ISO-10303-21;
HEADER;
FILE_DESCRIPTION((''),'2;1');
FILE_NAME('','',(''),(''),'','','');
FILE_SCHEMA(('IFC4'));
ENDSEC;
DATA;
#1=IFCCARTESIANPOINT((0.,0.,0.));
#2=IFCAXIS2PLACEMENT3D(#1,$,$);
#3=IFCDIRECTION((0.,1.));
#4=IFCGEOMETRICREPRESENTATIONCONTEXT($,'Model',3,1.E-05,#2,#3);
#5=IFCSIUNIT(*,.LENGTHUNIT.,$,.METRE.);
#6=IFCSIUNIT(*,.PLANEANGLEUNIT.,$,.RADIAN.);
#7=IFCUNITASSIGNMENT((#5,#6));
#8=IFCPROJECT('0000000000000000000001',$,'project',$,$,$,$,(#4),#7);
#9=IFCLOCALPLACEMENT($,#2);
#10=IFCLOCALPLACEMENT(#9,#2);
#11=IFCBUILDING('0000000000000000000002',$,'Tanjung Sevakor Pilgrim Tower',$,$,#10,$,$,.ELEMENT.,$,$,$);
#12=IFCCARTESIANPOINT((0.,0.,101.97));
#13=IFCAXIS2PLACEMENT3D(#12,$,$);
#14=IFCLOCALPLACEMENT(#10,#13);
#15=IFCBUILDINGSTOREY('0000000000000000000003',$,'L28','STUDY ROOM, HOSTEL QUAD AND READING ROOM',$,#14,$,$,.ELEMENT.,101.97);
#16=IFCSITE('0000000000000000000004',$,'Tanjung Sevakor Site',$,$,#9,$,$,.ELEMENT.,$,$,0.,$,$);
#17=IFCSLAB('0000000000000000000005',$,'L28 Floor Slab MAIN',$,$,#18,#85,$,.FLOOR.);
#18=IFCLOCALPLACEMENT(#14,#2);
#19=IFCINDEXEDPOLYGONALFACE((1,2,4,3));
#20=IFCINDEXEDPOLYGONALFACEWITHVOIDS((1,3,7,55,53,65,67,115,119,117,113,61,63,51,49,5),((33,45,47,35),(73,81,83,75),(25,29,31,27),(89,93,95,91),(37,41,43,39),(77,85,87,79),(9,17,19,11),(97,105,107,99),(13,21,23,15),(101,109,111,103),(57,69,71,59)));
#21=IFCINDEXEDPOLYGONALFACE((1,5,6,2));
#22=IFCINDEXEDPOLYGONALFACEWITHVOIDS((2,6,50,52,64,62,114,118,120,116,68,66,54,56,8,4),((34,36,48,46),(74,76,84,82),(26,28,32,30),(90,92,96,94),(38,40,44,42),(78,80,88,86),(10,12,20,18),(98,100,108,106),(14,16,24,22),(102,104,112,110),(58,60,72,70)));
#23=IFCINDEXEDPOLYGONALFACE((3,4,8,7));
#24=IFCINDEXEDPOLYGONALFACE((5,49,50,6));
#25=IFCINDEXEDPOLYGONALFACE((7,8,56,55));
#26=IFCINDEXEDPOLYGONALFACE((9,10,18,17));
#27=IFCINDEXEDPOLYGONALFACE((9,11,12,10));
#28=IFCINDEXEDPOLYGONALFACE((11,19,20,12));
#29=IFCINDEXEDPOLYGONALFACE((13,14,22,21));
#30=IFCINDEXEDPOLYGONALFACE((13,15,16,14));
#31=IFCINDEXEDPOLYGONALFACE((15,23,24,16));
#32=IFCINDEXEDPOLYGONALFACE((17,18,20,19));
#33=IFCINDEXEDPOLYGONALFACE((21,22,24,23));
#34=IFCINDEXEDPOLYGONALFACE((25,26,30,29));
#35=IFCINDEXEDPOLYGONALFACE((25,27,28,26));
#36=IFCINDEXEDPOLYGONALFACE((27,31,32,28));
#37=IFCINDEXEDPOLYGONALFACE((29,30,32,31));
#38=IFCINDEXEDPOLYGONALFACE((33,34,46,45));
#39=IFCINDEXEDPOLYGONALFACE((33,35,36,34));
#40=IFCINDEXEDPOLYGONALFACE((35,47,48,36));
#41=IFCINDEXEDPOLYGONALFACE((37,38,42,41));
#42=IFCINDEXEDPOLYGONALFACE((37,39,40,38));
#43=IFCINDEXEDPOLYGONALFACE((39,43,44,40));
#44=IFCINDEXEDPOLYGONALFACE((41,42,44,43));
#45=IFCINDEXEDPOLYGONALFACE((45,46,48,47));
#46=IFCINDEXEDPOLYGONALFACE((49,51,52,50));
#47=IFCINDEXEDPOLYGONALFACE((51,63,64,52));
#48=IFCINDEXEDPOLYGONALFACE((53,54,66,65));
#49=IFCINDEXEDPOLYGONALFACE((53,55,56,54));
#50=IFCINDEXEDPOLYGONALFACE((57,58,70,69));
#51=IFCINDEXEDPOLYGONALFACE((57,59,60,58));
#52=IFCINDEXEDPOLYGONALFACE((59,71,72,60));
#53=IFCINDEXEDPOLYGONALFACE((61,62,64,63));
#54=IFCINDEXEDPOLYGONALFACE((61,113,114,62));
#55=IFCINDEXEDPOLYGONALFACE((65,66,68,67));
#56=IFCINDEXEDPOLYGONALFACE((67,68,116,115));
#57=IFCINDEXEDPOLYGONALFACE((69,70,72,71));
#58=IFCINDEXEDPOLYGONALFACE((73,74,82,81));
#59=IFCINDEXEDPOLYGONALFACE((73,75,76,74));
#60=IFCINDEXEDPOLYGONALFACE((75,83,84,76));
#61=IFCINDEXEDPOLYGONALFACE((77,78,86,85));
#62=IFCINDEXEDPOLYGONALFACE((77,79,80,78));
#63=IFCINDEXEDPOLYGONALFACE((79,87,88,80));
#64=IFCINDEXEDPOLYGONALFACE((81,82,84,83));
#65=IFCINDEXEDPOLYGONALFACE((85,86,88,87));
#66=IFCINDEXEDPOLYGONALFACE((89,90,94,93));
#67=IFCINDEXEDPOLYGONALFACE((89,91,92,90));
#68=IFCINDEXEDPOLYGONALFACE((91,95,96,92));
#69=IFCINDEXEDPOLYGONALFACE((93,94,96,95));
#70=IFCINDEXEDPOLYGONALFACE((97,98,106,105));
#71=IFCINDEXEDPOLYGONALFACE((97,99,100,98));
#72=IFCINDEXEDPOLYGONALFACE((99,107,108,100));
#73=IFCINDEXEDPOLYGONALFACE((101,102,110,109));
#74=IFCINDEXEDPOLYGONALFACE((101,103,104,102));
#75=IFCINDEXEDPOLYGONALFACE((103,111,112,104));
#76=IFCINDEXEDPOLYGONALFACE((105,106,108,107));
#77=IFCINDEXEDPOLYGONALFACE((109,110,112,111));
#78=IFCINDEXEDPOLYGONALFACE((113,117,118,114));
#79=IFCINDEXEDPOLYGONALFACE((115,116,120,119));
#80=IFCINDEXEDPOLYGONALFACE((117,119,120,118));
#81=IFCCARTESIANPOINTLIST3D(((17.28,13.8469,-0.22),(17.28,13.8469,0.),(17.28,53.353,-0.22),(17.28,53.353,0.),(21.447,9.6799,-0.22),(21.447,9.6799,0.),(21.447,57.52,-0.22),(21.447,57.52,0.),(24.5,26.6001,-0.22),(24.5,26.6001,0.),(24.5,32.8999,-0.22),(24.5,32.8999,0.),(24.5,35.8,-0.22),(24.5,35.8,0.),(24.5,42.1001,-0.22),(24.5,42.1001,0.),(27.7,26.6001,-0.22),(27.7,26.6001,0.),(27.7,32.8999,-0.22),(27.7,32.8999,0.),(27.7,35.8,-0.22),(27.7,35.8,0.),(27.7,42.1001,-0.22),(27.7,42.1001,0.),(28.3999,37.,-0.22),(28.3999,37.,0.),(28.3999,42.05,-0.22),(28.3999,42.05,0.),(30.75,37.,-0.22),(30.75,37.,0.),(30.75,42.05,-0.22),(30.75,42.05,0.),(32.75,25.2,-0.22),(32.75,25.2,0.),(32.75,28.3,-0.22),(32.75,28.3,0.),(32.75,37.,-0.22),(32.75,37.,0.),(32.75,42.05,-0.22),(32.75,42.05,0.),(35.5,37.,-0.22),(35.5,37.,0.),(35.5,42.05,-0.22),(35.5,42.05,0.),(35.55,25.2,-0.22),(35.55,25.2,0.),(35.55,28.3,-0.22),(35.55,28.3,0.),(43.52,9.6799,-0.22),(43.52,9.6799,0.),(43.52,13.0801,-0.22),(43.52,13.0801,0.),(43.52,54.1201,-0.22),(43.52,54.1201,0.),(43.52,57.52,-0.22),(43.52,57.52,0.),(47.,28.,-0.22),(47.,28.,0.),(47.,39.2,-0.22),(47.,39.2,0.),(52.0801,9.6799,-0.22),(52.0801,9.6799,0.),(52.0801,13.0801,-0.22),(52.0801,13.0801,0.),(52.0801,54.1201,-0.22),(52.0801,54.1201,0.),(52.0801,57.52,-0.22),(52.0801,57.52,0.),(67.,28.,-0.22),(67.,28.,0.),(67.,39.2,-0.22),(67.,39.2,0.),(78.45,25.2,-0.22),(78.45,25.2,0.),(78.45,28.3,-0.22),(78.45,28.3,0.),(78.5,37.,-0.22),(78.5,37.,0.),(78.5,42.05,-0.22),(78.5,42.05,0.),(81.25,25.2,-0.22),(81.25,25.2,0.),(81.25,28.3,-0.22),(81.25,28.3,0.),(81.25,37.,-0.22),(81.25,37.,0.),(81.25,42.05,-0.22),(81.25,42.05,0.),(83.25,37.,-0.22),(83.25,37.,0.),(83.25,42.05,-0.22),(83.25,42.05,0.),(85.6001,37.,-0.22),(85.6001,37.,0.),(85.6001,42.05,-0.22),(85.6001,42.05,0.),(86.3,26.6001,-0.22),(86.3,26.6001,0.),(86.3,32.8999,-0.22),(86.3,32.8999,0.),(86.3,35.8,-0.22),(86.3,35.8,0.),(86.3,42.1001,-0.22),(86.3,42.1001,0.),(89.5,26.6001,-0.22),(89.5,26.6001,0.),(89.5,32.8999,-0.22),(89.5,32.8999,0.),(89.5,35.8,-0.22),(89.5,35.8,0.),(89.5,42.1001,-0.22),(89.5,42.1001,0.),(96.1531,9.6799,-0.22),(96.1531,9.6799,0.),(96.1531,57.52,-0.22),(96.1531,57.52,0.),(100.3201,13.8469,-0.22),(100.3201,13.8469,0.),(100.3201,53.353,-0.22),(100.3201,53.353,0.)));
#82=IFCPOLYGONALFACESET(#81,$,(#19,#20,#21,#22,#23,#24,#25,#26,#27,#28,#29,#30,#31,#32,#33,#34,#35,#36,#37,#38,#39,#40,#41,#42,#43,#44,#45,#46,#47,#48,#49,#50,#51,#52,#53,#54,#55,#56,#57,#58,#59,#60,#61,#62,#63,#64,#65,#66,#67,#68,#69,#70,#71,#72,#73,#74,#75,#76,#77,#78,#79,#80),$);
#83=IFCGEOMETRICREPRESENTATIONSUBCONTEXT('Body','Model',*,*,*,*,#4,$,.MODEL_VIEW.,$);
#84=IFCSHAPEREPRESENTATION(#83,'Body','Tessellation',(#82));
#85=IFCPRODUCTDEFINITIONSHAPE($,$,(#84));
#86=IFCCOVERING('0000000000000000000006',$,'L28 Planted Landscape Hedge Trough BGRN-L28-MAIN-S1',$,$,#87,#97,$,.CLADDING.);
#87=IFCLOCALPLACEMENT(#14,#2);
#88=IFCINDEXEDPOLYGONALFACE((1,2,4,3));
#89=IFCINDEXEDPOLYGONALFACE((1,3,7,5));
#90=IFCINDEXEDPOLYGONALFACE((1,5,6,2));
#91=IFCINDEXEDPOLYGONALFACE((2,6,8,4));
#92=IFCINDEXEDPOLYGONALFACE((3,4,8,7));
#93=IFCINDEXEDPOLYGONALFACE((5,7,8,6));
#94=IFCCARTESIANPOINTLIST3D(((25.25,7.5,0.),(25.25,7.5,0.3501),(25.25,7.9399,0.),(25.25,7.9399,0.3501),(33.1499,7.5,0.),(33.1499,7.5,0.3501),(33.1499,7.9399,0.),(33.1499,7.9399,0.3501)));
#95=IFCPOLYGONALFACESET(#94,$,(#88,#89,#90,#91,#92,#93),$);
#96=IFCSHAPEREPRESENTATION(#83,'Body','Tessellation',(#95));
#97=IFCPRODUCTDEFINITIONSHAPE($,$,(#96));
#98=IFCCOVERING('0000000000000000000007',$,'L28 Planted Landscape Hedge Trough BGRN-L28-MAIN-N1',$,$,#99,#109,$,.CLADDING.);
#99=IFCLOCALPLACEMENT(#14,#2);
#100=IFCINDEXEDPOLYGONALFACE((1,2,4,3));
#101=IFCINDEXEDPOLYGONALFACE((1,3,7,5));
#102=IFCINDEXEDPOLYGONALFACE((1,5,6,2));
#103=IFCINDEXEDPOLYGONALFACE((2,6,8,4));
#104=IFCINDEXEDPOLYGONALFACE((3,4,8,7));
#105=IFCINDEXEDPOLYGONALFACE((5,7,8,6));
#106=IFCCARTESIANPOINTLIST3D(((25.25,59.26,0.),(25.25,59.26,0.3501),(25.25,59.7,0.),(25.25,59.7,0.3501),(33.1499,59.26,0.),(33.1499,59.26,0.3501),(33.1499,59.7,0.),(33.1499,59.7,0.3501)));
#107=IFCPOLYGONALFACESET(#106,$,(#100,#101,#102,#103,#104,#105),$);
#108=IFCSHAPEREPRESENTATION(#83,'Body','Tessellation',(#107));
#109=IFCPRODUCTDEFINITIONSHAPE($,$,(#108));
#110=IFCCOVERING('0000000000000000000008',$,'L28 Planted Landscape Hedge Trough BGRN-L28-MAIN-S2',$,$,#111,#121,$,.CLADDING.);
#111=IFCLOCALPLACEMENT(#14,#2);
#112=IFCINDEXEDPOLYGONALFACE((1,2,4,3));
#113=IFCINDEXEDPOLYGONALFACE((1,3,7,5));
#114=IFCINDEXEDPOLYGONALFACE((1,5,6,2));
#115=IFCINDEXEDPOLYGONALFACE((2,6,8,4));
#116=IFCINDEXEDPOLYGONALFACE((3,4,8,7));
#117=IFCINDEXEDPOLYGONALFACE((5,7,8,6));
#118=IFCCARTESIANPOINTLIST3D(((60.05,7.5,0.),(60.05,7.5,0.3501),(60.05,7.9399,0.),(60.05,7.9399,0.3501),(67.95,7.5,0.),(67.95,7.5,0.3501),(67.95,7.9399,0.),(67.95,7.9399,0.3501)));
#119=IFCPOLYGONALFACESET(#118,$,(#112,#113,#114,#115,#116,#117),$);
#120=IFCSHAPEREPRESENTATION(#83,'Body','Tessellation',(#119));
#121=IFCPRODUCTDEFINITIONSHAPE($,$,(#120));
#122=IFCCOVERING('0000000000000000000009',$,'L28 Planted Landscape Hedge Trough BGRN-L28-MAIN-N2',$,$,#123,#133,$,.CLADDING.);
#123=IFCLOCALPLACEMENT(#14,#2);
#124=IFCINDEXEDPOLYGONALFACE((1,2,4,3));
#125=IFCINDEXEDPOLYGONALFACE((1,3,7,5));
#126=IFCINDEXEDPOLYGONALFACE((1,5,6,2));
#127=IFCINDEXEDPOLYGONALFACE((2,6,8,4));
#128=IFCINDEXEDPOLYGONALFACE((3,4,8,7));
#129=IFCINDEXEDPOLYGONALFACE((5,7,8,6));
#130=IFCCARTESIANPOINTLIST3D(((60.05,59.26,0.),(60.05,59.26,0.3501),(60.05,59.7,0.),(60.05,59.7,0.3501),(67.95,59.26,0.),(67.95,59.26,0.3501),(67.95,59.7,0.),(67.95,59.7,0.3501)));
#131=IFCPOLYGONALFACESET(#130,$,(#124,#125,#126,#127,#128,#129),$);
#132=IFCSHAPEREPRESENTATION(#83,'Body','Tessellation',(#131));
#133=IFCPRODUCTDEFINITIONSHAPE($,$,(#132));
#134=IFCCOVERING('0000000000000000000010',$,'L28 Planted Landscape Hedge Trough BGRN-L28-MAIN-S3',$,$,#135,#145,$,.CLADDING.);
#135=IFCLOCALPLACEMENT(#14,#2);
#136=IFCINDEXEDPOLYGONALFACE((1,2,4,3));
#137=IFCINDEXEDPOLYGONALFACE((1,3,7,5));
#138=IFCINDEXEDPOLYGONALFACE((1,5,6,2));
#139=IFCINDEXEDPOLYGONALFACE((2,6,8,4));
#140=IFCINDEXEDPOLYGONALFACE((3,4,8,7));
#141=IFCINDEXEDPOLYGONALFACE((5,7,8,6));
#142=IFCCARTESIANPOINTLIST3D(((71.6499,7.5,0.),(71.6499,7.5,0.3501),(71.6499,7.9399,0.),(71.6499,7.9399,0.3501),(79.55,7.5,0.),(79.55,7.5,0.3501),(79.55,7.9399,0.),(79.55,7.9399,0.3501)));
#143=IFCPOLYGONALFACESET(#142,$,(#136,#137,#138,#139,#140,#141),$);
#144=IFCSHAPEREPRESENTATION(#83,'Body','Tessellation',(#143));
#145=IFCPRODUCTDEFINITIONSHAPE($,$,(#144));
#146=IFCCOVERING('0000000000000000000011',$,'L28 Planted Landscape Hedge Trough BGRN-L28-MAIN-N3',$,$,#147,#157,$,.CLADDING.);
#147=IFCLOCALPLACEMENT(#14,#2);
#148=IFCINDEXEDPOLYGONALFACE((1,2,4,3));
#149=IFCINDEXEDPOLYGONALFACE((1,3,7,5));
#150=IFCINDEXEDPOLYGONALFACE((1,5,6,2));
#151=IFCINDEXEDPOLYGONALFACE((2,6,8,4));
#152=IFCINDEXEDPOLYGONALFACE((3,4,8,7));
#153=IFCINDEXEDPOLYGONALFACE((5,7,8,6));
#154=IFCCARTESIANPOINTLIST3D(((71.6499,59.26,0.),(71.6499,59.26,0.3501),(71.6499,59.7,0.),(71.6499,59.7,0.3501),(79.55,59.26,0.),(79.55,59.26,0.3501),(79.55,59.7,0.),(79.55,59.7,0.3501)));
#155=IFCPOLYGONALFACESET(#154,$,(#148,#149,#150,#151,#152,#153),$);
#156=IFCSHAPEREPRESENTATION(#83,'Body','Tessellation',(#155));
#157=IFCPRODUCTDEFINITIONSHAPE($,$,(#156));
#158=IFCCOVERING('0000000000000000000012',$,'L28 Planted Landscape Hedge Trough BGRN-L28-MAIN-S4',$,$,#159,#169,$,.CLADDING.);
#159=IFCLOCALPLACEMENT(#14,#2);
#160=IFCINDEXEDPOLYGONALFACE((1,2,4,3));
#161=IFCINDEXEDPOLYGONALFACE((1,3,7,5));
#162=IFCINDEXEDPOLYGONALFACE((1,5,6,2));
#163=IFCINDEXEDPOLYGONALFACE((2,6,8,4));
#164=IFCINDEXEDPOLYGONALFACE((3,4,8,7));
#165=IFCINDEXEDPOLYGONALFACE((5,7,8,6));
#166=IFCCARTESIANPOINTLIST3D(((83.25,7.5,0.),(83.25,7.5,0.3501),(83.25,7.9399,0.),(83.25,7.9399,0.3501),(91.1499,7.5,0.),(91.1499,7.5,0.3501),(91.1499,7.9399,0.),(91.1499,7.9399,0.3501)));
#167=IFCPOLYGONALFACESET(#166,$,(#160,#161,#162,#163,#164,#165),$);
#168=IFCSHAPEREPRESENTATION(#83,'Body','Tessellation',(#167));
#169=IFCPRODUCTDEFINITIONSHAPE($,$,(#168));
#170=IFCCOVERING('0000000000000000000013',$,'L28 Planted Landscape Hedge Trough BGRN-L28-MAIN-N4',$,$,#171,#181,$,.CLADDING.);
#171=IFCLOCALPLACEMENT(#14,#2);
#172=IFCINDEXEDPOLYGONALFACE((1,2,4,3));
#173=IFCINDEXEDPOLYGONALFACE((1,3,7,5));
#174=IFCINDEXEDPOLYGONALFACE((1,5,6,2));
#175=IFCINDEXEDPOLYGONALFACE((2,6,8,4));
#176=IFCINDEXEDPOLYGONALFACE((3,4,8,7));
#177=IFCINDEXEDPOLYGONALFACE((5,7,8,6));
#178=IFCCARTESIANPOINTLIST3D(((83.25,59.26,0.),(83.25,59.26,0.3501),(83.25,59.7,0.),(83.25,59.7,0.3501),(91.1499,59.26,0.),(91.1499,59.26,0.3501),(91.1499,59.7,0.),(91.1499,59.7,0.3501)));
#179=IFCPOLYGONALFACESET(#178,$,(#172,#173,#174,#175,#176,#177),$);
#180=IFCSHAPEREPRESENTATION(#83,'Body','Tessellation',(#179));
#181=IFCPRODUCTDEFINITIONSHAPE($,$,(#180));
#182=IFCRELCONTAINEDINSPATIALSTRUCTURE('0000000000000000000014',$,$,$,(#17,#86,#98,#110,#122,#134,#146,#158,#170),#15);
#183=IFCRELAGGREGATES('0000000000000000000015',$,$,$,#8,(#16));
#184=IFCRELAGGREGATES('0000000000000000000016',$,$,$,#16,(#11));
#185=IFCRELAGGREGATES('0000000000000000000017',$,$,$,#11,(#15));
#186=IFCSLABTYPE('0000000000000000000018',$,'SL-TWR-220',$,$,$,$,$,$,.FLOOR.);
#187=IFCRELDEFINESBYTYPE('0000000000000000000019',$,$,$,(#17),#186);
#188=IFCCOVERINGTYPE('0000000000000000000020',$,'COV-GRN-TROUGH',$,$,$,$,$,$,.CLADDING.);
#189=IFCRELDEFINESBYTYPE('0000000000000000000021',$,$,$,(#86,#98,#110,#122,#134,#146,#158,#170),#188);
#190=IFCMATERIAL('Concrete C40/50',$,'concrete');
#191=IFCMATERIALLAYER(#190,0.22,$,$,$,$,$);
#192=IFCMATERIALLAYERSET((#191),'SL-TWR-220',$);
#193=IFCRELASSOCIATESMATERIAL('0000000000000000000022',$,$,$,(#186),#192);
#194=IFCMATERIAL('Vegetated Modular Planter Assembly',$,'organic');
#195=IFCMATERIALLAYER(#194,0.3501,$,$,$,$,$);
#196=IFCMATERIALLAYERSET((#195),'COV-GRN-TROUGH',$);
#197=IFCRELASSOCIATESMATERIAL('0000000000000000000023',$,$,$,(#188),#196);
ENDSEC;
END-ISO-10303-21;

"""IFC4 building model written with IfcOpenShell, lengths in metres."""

from ifc_helpers import new_model, si_unit, direction, frame, origin, place, context, subcontext, project, spatial, polyline, outline, extrude, material, layer, layer_set, type_object, element, save


model = new_model("IFC4")

# Units and contexts
model_context = context("Model", 3, precision=1e-05, world=origin(), true_north=direction((0.0, 1.0)))
body_context = subcontext(model_context, "Body", "Model", "MODEL_VIEW")
ifc_project = project(units=[si_unit("LENGTHUNIT", "METRE"), si_unit("PLANEANGLEUNIT", "RADIAN")], contexts=[model_context])

# Site, building, storey
site_placement = place(None, origin())
site = spatial("IfcSite", under=ifc_project, at=site_placement, Name="Tanjung Sevakor Site", CompositionType="ELEMENT", RefElevation=0.0)
building_placement = place(site_placement, origin())
building = spatial("IfcBuilding", under=site, at=building_placement, Name="Tanjung Sevakor Pilgrim Tower", CompositionType="ELEMENT")
storey_placement = place(building_placement, frame((0.0, 0.0, 101.97)))
storey = spatial("IfcBuildingStorey", under=building, at=storey_placement, Name="L28", Description="STUDY ROOM, HOSTEL QUAD AND READING ROOM", CompositionType="ELEMENT", Elevation=101.97)

# Slab
ifc_material_1 = material(Name="Concrete C40/50", Category="concrete")
ifc_layer_1 = layer(ifc_material_1, 0.22)
ifc_layer_set_1 = layer_set([ifc_layer_1], Name="SL-TWR-220")
slab_type_1 = type_object("IfcSlabType", Name="SL-TWR-220", PredefinedType="FLOOR", material=ifc_layer_set_1)
slab_1_placement = place(storey_placement, frame((0.0, 0.0, -0.22)))
element("IfcSlab", 1, at=slab_1_placement, inside=storey, type_object=slab_type_1, Name="L28 Floor Slab MAIN", PredefinedType="FLOOR", context=body_context, shape_type="SweptSolid", body=[
    extrude(outline(polyline([(21.447, 9.6799), (43.52, 9.6799), (43.52, 13.0801), (52.0801, 13.0801), (52.0801, 9.6799), (96.1531, 9.6799), (100.3201, 13.8469), (100.3201, 53.353), (96.1531, 57.52), (52.0801, 57.52), (52.0801, 54.1201), (43.52, 54.1201), (43.52, 57.52), (21.447, 57.52), (17.28, 53.353), (17.28, 13.8469), (21.447, 9.6799)]), holes=[polyline([(27.7, 26.6001), (27.7, 32.8999), (24.5, 32.8999), (24.5, 26.6001), (27.7, 26.6001)]), polyline([(27.7, 35.8), (27.7, 42.1001), (24.5, 42.1001), (24.5, 35.8), (27.7, 35.8)]), polyline([(89.5, 26.6001), (89.5, 32.8999), (86.3, 32.8999), (86.3, 26.6001), (89.5, 26.6001)]), polyline([(89.5, 35.8), (89.5, 42.1001), (86.3, 42.1001), (86.3, 35.8), (89.5, 35.8)]), polyline([(32.75, 25.2), (35.55, 25.2), (35.55, 28.3), (32.75, 28.3), (32.75, 25.2)]), polyline([(28.3999, 37.0), (30.75, 37.0), (30.75, 42.05), (28.3999, 42.05), (28.3999, 37.0)]), polyline([(32.75, 37.0), (35.5, 37.0), (35.5, 42.05), (32.75, 42.05), (32.75, 37.0)]), polyline([(78.45, 25.2), (81.25, 25.2), (81.25, 28.3), (78.45, 28.3), (78.45, 25.2)]), polyline([(83.25, 37.0), (85.6001, 37.0), (85.6001, 42.05), (83.25, 42.05), (83.25, 37.0)]), polyline([(78.5, 37.0), (81.25, 37.0), (81.25, 42.05), (78.5, 42.05), (78.5, 37.0)]), polyline([(47.0, 28.0), (67.0, 28.0), (67.0, 39.2), (47.0, 39.2), (47.0, 28.0)])]), origin(), (0.0, 0.0, 1.0), 0.22),
])

# Coverings
ifc_material_2 = material(Name="Vegetated Modular Planter Assembly", Category="organic")
ifc_layer_2 = layer(ifc_material_2, 0.3501)
ifc_layer_set_2 = layer_set([ifc_layer_2], Name="COV-GRN-TROUGH")
covering_type = type_object("IfcCoveringType", Name="COV-GRN-TROUGH", PredefinedType="CLADDING", material=ifc_layer_set_2)
covering_1_placement = place(storey_placement, origin())
element("IfcCovering", 2, at=covering_1_placement, inside=storey, type_object=covering_type, Name="L28 Planted Landscape Hedge Trough BGRN-L28-MAIN-S1", PredefinedType="CLADDING", context=body_context, shape_type="SweptSolid", body=[
    extrude(outline(polyline([(25.25, 7.5), (33.1499, 7.5), (33.1499, 7.9399), (25.25, 7.9399), (25.25, 7.5)])), origin(), (0.0, 0.0, 1.0), 0.3501),
])
covering_2_placement = place(storey_placement, origin())
element("IfcCovering", 3, at=covering_2_placement, inside=storey, type_object=covering_type, Name="L28 Planted Landscape Hedge Trough BGRN-L28-MAIN-N1", PredefinedType="CLADDING", context=body_context, shape_type="SweptSolid", body=[
    extrude(outline(polyline([(25.25, 59.26), (33.1499, 59.26), (33.1499, 59.7), (25.25, 59.7), (25.25, 59.26)])), origin(), (0.0, 0.0, 1.0), 0.3501),
])
covering_3_placement = place(storey_placement, origin())
element("IfcCovering", 4, at=covering_3_placement, inside=storey, type_object=covering_type, Name="L28 Planted Landscape Hedge Trough BGRN-L28-MAIN-S2", PredefinedType="CLADDING", context=body_context, shape_type="SweptSolid", body=[
    extrude(outline(polyline([(60.05, 7.5), (67.95, 7.5), (67.95, 7.9399), (60.05, 7.9399), (60.05, 7.5)])), origin(), (0.0, 0.0, 1.0), 0.3501),
])
covering_4_placement = place(storey_placement, origin())
element("IfcCovering", 5, at=covering_4_placement, inside=storey, type_object=covering_type, Name="L28 Planted Landscape Hedge Trough BGRN-L28-MAIN-N2", PredefinedType="CLADDING", context=body_context, shape_type="SweptSolid", body=[
    extrude(outline(polyline([(60.05, 59.26), (67.95, 59.26), (67.95, 59.7), (60.05, 59.7), (60.05, 59.26)])), origin(), (0.0, 0.0, 1.0), 0.3501),
])
covering_5_placement = place(storey_placement, origin())
element("IfcCovering", 6, at=covering_5_placement, inside=storey, type_object=covering_type, Name="L28 Planted Landscape Hedge Trough BGRN-L28-MAIN-S3", PredefinedType="CLADDING", context=body_context, shape_type="SweptSolid", body=[
    extrude(outline(polyline([(71.6499, 7.5), (79.55, 7.5), (79.55, 7.9399), (71.6499, 7.9399), (71.6499, 7.5)])), origin(), (0.0, 0.0, 1.0), 0.3501),
])
covering_6_placement = place(storey_placement, origin())
element("IfcCovering", 7, at=covering_6_placement, inside=storey, type_object=covering_type, Name="L28 Planted Landscape Hedge Trough BGRN-L28-MAIN-N3", PredefinedType="CLADDING", context=body_context, shape_type="SweptSolid", body=[
    extrude(outline(polyline([(71.6499, 59.26), (79.55, 59.26), (79.55, 59.7), (71.6499, 59.7), (71.6499, 59.26)])), origin(), (0.0, 0.0, 1.0), 0.3501),
])
covering_7_placement = place(storey_placement, origin())
element("IfcCovering", 8, at=covering_7_placement, inside=storey, type_object=covering_type, Name="L28 Planted Landscape Hedge Trough BGRN-L28-MAIN-S4", PredefinedType="CLADDING", context=body_context, shape_type="SweptSolid", body=[
    extrude(outline(polyline([(83.25, 7.5), (91.1499, 7.5), (91.1499, 7.9399), (83.25, 7.9399), (83.25, 7.5)])), origin(), (0.0, 0.0, 1.0), 0.3501),
])
covering_8_placement = place(storey_placement, origin())
element("IfcCovering", 9, at=covering_8_placement, inside=storey, type_object=covering_type, Name="L28 Planted Landscape Hedge Trough BGRN-L28-MAIN-N4", PredefinedType="CLADDING", context=body_context, shape_type="SweptSolid", body=[
    extrude(outline(polyline([(83.25, 59.26), (91.1499, 59.26), (91.1499, 59.7), (83.25, 59.7), (83.25, 59.26)])), origin(), (0.0, 0.0, 1.0), 0.3501),
])

save(model, "model.ifc")
